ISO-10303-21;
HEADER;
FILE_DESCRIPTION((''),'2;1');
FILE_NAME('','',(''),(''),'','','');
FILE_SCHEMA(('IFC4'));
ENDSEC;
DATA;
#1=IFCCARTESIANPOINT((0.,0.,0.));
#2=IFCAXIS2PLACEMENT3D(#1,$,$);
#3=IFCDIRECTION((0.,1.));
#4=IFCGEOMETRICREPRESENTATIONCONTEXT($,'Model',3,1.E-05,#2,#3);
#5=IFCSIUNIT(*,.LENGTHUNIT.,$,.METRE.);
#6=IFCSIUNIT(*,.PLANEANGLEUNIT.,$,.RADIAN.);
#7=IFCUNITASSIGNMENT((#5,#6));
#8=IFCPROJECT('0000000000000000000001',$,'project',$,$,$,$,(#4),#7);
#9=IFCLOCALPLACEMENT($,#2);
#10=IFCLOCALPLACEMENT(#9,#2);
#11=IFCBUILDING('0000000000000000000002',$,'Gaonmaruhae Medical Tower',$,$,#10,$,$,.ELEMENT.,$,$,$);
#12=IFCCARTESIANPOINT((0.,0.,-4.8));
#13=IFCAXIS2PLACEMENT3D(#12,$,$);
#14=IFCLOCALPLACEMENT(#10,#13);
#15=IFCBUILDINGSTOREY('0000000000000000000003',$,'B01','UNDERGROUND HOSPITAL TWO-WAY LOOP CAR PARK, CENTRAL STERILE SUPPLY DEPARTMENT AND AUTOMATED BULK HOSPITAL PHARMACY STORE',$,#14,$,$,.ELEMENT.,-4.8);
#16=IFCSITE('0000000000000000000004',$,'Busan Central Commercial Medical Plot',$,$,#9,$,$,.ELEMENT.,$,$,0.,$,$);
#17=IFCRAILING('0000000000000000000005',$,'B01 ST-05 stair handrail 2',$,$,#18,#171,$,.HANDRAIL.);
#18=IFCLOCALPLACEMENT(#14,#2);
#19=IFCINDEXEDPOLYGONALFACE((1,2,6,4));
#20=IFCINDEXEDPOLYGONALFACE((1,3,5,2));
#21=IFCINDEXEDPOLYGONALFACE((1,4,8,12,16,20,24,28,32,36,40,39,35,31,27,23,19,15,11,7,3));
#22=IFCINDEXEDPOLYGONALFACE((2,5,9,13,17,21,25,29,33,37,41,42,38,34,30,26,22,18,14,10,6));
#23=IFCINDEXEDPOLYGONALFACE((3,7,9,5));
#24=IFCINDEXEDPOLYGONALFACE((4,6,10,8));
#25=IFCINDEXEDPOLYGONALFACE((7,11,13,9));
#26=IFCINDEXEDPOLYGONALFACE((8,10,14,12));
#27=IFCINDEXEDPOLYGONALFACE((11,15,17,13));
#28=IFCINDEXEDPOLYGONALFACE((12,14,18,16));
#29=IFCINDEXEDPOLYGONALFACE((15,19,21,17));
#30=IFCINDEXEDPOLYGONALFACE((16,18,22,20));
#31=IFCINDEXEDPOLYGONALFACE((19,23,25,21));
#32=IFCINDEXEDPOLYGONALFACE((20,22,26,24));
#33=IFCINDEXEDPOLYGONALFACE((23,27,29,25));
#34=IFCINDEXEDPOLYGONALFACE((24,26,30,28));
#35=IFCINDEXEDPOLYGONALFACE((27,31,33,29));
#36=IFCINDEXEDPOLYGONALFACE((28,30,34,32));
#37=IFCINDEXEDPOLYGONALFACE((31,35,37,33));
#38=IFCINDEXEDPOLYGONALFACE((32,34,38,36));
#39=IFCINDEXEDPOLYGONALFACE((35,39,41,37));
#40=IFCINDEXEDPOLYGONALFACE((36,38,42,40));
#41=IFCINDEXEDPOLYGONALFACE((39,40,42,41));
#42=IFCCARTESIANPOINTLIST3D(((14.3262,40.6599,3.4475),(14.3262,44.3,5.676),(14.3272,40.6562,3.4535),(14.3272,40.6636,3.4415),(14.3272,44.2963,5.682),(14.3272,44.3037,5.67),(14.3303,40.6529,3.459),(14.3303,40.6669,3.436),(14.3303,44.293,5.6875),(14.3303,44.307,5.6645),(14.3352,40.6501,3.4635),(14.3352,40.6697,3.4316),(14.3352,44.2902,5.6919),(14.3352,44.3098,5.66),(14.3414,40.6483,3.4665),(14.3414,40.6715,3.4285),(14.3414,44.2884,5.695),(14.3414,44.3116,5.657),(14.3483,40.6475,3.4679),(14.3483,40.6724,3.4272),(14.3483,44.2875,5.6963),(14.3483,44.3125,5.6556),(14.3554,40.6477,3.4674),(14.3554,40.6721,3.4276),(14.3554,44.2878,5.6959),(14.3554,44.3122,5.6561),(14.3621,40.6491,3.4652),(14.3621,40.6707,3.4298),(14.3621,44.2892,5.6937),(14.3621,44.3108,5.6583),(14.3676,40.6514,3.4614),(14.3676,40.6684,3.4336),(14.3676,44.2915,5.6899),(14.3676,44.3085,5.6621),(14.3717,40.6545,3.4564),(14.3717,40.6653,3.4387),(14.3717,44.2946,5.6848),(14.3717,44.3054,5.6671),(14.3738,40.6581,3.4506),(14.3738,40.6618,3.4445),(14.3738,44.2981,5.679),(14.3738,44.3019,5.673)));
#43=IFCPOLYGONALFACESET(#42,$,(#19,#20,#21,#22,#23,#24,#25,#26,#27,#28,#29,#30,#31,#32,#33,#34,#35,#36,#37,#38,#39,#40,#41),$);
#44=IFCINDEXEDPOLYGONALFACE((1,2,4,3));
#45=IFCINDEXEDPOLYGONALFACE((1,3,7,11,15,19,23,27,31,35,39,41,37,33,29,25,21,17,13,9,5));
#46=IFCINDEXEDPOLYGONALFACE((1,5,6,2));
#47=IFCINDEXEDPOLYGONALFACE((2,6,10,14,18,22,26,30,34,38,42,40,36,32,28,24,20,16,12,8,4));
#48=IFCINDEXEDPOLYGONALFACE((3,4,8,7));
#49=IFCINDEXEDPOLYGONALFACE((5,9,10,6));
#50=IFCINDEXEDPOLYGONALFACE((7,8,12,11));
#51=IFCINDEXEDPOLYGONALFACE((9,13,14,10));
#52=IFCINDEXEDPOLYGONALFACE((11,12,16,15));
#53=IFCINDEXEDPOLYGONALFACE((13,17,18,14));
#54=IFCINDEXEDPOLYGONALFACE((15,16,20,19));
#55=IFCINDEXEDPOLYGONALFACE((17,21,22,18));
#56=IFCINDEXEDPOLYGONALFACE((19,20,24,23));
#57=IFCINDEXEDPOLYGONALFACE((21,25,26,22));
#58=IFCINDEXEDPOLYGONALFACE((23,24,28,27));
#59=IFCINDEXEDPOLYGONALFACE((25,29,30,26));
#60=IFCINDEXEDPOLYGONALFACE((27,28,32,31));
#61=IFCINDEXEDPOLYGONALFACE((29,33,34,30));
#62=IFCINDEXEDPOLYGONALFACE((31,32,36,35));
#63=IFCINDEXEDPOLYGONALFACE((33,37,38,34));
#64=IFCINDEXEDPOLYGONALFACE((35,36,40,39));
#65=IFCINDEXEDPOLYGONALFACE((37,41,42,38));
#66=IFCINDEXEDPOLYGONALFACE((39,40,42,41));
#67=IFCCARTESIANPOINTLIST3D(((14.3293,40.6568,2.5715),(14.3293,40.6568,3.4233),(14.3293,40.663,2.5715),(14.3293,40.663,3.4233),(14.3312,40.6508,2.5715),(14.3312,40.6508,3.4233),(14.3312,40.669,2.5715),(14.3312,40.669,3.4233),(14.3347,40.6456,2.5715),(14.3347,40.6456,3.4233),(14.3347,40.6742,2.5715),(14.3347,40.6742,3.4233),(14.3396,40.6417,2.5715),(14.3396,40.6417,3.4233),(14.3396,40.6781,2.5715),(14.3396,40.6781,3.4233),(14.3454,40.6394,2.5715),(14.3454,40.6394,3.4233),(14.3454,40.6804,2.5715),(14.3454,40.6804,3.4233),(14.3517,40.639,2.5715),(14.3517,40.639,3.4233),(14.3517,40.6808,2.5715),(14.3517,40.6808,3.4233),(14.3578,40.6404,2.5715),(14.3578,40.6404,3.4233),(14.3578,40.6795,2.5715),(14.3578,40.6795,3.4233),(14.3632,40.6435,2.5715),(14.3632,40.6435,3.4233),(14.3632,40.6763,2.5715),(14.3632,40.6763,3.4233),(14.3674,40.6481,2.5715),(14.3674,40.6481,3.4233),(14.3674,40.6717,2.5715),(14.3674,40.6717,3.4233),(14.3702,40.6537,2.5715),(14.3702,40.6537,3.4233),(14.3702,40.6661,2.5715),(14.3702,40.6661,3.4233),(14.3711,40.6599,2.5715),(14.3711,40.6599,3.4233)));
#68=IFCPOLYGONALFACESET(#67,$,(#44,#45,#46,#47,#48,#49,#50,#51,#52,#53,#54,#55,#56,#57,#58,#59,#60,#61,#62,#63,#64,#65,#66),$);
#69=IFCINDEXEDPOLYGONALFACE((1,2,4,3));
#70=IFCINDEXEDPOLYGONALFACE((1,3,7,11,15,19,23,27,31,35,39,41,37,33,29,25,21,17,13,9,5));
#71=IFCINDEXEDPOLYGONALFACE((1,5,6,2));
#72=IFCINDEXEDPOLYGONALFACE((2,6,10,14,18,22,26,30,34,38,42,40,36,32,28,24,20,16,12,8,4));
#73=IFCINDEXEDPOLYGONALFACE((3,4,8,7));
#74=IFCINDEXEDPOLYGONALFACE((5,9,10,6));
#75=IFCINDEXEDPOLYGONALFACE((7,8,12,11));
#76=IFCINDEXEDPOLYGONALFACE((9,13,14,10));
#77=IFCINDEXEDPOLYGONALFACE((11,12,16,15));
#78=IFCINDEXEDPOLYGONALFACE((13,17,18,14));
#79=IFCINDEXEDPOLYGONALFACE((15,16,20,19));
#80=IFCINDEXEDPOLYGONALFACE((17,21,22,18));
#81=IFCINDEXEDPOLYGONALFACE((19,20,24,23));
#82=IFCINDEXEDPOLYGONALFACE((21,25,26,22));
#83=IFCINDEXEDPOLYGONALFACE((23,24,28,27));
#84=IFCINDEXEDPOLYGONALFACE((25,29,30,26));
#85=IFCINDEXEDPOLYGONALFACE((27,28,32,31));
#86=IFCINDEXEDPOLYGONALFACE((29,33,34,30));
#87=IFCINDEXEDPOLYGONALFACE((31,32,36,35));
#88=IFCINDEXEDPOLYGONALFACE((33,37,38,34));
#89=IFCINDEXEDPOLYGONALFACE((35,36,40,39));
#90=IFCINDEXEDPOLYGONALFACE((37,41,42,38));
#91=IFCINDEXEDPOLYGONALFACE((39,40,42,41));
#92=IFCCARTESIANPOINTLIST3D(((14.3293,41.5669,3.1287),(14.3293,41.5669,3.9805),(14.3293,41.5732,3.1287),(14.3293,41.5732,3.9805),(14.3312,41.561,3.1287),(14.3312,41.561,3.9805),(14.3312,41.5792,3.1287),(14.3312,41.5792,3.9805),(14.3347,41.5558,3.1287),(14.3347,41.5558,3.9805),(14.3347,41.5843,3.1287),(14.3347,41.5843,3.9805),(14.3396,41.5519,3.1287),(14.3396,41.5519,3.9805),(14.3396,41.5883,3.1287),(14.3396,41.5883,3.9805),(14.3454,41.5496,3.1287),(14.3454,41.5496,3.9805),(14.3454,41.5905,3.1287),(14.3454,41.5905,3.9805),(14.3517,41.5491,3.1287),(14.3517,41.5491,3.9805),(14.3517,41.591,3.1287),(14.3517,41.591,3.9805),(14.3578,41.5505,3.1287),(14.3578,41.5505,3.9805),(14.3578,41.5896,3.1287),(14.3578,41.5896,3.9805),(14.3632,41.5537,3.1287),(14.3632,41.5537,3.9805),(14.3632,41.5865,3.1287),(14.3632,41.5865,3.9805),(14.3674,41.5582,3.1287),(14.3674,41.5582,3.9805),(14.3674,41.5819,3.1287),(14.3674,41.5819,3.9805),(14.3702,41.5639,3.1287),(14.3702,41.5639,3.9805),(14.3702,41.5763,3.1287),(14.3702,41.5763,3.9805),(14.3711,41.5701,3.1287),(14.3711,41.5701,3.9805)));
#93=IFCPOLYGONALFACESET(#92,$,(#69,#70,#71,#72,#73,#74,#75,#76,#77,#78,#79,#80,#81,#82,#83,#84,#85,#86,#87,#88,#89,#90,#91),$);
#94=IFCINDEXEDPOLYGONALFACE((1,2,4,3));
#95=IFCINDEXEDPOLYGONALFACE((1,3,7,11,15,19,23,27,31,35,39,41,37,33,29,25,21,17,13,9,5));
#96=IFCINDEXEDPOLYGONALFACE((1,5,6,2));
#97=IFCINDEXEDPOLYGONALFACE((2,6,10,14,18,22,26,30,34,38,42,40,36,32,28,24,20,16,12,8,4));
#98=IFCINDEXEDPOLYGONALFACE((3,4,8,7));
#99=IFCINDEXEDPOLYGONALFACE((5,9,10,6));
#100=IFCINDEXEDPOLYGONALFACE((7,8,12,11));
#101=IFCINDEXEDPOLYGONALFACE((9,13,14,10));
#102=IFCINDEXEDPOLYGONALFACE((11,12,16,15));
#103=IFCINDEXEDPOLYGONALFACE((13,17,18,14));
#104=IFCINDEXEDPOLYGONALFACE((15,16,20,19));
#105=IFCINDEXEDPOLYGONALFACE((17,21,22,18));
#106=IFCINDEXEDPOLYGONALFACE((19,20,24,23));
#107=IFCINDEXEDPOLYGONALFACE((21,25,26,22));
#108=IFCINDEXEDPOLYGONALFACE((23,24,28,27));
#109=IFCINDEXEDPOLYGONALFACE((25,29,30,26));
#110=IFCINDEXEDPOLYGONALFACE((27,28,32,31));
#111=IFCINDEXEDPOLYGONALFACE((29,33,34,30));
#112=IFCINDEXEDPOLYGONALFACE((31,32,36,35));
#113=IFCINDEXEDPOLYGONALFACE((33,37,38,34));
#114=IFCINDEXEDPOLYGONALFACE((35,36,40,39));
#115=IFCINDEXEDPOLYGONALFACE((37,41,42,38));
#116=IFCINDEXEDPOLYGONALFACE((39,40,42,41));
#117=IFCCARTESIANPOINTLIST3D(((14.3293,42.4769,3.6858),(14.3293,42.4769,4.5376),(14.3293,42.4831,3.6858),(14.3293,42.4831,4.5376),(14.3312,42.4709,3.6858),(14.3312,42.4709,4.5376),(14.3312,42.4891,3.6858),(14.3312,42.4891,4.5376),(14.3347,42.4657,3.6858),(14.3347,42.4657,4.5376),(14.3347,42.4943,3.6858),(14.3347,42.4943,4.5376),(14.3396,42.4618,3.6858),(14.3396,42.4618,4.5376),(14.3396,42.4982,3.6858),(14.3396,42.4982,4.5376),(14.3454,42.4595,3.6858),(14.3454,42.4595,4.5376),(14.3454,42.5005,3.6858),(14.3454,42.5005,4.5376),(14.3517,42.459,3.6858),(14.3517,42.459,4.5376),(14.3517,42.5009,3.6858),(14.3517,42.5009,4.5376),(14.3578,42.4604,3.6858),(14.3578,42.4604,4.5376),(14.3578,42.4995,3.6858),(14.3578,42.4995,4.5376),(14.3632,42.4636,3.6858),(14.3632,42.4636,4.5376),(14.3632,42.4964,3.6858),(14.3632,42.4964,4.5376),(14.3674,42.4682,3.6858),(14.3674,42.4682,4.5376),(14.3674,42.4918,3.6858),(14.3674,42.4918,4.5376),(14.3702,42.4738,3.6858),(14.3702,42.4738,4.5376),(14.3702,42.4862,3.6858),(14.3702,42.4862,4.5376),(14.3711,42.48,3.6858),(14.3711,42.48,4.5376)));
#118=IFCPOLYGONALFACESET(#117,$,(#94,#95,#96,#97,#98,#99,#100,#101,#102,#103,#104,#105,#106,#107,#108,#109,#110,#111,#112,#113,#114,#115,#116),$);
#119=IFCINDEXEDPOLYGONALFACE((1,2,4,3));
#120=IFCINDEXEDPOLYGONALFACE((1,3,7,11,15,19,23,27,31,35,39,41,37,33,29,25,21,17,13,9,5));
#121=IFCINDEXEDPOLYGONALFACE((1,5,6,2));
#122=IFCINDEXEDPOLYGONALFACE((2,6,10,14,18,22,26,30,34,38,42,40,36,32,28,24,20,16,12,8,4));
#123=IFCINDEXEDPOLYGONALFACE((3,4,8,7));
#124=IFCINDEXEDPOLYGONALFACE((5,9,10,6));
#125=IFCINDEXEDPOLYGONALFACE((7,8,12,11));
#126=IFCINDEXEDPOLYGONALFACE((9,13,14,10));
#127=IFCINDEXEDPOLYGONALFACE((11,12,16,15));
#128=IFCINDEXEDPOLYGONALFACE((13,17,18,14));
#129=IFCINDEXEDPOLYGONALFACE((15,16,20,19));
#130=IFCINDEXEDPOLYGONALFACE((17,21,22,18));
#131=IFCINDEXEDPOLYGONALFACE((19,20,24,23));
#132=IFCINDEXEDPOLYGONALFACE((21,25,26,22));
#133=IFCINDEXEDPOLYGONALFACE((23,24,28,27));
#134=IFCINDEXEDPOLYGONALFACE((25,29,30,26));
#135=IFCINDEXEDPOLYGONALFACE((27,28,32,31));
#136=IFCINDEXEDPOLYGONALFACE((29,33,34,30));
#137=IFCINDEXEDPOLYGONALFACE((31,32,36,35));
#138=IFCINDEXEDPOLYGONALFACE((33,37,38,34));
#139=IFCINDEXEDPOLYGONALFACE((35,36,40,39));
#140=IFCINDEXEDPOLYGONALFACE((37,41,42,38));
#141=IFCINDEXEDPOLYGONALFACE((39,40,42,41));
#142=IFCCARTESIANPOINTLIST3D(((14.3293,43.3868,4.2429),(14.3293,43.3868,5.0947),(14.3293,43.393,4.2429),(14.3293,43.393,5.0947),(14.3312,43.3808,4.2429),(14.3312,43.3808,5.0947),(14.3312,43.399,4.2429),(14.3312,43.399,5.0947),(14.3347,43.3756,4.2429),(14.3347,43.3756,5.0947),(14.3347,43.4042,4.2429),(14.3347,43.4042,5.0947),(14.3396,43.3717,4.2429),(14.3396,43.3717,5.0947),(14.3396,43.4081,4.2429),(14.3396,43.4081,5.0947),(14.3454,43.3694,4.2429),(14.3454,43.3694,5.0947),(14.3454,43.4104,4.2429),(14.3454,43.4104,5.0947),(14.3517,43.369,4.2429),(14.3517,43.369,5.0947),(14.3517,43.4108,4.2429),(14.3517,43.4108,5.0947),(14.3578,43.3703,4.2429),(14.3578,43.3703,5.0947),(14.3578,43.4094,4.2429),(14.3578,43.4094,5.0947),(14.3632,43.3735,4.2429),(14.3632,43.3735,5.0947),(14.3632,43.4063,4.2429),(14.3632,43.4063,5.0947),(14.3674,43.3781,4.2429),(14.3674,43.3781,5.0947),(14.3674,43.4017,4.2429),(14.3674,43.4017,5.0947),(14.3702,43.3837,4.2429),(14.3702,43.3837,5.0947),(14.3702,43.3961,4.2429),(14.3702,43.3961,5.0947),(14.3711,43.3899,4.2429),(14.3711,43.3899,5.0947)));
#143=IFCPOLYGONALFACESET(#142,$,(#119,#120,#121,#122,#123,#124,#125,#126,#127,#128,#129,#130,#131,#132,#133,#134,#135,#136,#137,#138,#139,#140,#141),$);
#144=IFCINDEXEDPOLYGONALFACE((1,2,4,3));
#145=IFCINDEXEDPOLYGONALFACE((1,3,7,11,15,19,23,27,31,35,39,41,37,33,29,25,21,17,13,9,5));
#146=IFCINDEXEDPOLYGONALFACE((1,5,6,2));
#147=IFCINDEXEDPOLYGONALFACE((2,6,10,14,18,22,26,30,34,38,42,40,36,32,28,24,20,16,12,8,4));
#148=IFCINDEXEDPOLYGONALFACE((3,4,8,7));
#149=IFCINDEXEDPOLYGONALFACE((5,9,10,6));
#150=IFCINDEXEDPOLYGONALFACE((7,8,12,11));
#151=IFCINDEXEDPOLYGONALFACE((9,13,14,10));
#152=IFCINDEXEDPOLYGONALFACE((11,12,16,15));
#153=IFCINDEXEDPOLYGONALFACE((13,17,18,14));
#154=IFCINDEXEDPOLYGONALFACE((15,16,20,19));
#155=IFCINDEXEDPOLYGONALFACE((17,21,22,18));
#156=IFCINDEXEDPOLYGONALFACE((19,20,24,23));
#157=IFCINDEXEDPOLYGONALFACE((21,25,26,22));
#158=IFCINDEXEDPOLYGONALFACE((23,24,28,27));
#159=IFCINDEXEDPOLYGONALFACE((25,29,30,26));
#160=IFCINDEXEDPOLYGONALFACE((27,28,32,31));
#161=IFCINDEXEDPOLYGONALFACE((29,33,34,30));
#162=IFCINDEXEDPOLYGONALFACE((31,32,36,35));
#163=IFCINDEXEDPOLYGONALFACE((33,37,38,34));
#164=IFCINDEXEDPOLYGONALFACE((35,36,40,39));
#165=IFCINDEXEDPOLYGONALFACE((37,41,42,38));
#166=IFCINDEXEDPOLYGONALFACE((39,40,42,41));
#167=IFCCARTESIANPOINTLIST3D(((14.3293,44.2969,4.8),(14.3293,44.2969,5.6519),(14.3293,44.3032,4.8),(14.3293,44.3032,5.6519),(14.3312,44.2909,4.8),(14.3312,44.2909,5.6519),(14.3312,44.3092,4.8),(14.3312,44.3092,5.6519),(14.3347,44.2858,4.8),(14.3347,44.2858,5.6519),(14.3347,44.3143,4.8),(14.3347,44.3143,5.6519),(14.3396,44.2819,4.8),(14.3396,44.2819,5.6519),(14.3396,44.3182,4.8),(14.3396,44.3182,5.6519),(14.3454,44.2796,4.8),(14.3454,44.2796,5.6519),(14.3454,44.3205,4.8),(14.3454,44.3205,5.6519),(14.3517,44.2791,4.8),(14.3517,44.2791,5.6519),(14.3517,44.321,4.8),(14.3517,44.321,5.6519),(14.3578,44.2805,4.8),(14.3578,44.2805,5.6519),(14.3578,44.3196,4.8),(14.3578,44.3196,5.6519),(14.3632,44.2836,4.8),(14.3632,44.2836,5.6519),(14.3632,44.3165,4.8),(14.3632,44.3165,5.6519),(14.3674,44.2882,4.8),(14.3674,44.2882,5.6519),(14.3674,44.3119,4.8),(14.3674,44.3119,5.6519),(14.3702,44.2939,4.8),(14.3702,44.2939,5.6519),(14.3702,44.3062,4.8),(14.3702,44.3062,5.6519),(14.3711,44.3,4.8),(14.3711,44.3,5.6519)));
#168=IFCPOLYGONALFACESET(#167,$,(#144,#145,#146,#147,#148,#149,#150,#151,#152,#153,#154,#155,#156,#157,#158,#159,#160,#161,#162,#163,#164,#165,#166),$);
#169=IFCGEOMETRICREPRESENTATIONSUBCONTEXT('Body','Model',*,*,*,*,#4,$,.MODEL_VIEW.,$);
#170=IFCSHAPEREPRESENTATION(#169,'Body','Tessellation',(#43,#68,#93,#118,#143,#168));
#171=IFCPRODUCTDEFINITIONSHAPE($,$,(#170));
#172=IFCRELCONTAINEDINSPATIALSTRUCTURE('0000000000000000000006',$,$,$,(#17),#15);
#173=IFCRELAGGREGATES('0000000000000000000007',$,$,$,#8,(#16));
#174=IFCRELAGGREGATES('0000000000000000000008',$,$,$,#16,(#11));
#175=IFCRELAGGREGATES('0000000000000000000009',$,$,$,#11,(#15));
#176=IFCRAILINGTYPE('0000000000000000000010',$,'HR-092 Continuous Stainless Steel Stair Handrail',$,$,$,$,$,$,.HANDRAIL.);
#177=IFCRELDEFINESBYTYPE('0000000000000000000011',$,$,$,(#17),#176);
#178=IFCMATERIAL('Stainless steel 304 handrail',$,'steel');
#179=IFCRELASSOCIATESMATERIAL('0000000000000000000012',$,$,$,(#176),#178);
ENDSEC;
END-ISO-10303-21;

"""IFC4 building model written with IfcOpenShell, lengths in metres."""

from ifc_helpers import new_model, si_unit, direction, frame, origin, origin_2d, place, context, subcontext, project, spatial, circle, extrude, material, type_object, element, save


model = new_model("IFC4")

# Units and contexts
model_context = context("Model", 3, precision=1e-05, world=origin(), true_north=direction((0.0, 1.0)))
body_context = subcontext(model_context, "Body", "Model", "MODEL_VIEW")
ifc_project = project(units=[si_unit("LENGTHUNIT", "METRE"), si_unit("PLANEANGLEUNIT", "RADIAN")], contexts=[model_context])

# Site, building, storey
site_placement = place(None, origin())
site = spatial("IfcSite", under=ifc_project, at=site_placement, Name="Busan Central Commercial Medical Plot", CompositionType="ELEMENT", RefElevation=0.0)
building_placement = place(site_placement, origin())
building = spatial("IfcBuilding", under=site, at=building_placement, Name="Gaonmaruhae Medical Tower", CompositionType="ELEMENT")
storey_placement = place(building_placement, frame((0.0, 0.0, -4.8)))
storey = spatial("IfcBuildingStorey", under=building, at=storey_placement, Name="B01", Description="UNDERGROUND HOSPITAL TWO-WAY LOOP CAR PARK, CENTRAL STERILE SUPPLY DEPARTMENT AND AUTOMATED BULK HOSPITAL PHARMACY STORE", CompositionType="ELEMENT", Elevation=-4.8)

# Railing
ifc_material_1 = material(Name="Stainless steel 304 handrail", Category="steel")
railing_type_1 = type_object("IfcRailingType", Name="HR-092 Continuous Stainless Steel Stair Handrail", PredefinedType="HANDRAIL", material=ifc_material_1)
railing_1_placement = place(storey_placement, frame((14.3501, 40.6599, 2.5715)))
element("IfcRailing", 1, at=railing_1_placement, inside=storey, type_object=railing_type_1, Name="B01 ST-05 stair handrail 2", PredefinedType="HANDRAIL", context=body_context, shape_type="SweptSolid", body=[
    extrude(circle(Radius=0.0239, at=origin_2d()), frame((0.0, 0.0, 0.876), z_axis=(0.0, 0.852866, 0.52213), x_axis=(-1.0, 0.0, 0.0)), (0.0, 0.0, 1.0), 4.2681),
    extrude(circle(Radius=0.021, at=origin_2d()), origin(), (0.0, 0.0, 1.0), 0.8518),
    extrude(circle(Radius=0.021, at=origin_2d()), frame((0.0, 0.9102, 0.5571)), (0.0, 0.0, 1.0), 0.8518),
    extrude(circle(Radius=0.021, at=origin_2d()), frame((0.0, 1.8201, 1.1143)), (0.0, 0.0, 1.0), 0.8518),
    extrude(circle(Radius=0.021, at=origin_2d()), frame((0.0, 2.73, 1.6714)), (0.0, 0.0, 1.0), 0.8518),
    extrude(circle(Radius=0.021, at=origin_2d()), frame((0.0, 3.6401, 2.2285)), (0.0, 0.0, 1.0), 0.8518),
])

save(model, "model.ifc")
